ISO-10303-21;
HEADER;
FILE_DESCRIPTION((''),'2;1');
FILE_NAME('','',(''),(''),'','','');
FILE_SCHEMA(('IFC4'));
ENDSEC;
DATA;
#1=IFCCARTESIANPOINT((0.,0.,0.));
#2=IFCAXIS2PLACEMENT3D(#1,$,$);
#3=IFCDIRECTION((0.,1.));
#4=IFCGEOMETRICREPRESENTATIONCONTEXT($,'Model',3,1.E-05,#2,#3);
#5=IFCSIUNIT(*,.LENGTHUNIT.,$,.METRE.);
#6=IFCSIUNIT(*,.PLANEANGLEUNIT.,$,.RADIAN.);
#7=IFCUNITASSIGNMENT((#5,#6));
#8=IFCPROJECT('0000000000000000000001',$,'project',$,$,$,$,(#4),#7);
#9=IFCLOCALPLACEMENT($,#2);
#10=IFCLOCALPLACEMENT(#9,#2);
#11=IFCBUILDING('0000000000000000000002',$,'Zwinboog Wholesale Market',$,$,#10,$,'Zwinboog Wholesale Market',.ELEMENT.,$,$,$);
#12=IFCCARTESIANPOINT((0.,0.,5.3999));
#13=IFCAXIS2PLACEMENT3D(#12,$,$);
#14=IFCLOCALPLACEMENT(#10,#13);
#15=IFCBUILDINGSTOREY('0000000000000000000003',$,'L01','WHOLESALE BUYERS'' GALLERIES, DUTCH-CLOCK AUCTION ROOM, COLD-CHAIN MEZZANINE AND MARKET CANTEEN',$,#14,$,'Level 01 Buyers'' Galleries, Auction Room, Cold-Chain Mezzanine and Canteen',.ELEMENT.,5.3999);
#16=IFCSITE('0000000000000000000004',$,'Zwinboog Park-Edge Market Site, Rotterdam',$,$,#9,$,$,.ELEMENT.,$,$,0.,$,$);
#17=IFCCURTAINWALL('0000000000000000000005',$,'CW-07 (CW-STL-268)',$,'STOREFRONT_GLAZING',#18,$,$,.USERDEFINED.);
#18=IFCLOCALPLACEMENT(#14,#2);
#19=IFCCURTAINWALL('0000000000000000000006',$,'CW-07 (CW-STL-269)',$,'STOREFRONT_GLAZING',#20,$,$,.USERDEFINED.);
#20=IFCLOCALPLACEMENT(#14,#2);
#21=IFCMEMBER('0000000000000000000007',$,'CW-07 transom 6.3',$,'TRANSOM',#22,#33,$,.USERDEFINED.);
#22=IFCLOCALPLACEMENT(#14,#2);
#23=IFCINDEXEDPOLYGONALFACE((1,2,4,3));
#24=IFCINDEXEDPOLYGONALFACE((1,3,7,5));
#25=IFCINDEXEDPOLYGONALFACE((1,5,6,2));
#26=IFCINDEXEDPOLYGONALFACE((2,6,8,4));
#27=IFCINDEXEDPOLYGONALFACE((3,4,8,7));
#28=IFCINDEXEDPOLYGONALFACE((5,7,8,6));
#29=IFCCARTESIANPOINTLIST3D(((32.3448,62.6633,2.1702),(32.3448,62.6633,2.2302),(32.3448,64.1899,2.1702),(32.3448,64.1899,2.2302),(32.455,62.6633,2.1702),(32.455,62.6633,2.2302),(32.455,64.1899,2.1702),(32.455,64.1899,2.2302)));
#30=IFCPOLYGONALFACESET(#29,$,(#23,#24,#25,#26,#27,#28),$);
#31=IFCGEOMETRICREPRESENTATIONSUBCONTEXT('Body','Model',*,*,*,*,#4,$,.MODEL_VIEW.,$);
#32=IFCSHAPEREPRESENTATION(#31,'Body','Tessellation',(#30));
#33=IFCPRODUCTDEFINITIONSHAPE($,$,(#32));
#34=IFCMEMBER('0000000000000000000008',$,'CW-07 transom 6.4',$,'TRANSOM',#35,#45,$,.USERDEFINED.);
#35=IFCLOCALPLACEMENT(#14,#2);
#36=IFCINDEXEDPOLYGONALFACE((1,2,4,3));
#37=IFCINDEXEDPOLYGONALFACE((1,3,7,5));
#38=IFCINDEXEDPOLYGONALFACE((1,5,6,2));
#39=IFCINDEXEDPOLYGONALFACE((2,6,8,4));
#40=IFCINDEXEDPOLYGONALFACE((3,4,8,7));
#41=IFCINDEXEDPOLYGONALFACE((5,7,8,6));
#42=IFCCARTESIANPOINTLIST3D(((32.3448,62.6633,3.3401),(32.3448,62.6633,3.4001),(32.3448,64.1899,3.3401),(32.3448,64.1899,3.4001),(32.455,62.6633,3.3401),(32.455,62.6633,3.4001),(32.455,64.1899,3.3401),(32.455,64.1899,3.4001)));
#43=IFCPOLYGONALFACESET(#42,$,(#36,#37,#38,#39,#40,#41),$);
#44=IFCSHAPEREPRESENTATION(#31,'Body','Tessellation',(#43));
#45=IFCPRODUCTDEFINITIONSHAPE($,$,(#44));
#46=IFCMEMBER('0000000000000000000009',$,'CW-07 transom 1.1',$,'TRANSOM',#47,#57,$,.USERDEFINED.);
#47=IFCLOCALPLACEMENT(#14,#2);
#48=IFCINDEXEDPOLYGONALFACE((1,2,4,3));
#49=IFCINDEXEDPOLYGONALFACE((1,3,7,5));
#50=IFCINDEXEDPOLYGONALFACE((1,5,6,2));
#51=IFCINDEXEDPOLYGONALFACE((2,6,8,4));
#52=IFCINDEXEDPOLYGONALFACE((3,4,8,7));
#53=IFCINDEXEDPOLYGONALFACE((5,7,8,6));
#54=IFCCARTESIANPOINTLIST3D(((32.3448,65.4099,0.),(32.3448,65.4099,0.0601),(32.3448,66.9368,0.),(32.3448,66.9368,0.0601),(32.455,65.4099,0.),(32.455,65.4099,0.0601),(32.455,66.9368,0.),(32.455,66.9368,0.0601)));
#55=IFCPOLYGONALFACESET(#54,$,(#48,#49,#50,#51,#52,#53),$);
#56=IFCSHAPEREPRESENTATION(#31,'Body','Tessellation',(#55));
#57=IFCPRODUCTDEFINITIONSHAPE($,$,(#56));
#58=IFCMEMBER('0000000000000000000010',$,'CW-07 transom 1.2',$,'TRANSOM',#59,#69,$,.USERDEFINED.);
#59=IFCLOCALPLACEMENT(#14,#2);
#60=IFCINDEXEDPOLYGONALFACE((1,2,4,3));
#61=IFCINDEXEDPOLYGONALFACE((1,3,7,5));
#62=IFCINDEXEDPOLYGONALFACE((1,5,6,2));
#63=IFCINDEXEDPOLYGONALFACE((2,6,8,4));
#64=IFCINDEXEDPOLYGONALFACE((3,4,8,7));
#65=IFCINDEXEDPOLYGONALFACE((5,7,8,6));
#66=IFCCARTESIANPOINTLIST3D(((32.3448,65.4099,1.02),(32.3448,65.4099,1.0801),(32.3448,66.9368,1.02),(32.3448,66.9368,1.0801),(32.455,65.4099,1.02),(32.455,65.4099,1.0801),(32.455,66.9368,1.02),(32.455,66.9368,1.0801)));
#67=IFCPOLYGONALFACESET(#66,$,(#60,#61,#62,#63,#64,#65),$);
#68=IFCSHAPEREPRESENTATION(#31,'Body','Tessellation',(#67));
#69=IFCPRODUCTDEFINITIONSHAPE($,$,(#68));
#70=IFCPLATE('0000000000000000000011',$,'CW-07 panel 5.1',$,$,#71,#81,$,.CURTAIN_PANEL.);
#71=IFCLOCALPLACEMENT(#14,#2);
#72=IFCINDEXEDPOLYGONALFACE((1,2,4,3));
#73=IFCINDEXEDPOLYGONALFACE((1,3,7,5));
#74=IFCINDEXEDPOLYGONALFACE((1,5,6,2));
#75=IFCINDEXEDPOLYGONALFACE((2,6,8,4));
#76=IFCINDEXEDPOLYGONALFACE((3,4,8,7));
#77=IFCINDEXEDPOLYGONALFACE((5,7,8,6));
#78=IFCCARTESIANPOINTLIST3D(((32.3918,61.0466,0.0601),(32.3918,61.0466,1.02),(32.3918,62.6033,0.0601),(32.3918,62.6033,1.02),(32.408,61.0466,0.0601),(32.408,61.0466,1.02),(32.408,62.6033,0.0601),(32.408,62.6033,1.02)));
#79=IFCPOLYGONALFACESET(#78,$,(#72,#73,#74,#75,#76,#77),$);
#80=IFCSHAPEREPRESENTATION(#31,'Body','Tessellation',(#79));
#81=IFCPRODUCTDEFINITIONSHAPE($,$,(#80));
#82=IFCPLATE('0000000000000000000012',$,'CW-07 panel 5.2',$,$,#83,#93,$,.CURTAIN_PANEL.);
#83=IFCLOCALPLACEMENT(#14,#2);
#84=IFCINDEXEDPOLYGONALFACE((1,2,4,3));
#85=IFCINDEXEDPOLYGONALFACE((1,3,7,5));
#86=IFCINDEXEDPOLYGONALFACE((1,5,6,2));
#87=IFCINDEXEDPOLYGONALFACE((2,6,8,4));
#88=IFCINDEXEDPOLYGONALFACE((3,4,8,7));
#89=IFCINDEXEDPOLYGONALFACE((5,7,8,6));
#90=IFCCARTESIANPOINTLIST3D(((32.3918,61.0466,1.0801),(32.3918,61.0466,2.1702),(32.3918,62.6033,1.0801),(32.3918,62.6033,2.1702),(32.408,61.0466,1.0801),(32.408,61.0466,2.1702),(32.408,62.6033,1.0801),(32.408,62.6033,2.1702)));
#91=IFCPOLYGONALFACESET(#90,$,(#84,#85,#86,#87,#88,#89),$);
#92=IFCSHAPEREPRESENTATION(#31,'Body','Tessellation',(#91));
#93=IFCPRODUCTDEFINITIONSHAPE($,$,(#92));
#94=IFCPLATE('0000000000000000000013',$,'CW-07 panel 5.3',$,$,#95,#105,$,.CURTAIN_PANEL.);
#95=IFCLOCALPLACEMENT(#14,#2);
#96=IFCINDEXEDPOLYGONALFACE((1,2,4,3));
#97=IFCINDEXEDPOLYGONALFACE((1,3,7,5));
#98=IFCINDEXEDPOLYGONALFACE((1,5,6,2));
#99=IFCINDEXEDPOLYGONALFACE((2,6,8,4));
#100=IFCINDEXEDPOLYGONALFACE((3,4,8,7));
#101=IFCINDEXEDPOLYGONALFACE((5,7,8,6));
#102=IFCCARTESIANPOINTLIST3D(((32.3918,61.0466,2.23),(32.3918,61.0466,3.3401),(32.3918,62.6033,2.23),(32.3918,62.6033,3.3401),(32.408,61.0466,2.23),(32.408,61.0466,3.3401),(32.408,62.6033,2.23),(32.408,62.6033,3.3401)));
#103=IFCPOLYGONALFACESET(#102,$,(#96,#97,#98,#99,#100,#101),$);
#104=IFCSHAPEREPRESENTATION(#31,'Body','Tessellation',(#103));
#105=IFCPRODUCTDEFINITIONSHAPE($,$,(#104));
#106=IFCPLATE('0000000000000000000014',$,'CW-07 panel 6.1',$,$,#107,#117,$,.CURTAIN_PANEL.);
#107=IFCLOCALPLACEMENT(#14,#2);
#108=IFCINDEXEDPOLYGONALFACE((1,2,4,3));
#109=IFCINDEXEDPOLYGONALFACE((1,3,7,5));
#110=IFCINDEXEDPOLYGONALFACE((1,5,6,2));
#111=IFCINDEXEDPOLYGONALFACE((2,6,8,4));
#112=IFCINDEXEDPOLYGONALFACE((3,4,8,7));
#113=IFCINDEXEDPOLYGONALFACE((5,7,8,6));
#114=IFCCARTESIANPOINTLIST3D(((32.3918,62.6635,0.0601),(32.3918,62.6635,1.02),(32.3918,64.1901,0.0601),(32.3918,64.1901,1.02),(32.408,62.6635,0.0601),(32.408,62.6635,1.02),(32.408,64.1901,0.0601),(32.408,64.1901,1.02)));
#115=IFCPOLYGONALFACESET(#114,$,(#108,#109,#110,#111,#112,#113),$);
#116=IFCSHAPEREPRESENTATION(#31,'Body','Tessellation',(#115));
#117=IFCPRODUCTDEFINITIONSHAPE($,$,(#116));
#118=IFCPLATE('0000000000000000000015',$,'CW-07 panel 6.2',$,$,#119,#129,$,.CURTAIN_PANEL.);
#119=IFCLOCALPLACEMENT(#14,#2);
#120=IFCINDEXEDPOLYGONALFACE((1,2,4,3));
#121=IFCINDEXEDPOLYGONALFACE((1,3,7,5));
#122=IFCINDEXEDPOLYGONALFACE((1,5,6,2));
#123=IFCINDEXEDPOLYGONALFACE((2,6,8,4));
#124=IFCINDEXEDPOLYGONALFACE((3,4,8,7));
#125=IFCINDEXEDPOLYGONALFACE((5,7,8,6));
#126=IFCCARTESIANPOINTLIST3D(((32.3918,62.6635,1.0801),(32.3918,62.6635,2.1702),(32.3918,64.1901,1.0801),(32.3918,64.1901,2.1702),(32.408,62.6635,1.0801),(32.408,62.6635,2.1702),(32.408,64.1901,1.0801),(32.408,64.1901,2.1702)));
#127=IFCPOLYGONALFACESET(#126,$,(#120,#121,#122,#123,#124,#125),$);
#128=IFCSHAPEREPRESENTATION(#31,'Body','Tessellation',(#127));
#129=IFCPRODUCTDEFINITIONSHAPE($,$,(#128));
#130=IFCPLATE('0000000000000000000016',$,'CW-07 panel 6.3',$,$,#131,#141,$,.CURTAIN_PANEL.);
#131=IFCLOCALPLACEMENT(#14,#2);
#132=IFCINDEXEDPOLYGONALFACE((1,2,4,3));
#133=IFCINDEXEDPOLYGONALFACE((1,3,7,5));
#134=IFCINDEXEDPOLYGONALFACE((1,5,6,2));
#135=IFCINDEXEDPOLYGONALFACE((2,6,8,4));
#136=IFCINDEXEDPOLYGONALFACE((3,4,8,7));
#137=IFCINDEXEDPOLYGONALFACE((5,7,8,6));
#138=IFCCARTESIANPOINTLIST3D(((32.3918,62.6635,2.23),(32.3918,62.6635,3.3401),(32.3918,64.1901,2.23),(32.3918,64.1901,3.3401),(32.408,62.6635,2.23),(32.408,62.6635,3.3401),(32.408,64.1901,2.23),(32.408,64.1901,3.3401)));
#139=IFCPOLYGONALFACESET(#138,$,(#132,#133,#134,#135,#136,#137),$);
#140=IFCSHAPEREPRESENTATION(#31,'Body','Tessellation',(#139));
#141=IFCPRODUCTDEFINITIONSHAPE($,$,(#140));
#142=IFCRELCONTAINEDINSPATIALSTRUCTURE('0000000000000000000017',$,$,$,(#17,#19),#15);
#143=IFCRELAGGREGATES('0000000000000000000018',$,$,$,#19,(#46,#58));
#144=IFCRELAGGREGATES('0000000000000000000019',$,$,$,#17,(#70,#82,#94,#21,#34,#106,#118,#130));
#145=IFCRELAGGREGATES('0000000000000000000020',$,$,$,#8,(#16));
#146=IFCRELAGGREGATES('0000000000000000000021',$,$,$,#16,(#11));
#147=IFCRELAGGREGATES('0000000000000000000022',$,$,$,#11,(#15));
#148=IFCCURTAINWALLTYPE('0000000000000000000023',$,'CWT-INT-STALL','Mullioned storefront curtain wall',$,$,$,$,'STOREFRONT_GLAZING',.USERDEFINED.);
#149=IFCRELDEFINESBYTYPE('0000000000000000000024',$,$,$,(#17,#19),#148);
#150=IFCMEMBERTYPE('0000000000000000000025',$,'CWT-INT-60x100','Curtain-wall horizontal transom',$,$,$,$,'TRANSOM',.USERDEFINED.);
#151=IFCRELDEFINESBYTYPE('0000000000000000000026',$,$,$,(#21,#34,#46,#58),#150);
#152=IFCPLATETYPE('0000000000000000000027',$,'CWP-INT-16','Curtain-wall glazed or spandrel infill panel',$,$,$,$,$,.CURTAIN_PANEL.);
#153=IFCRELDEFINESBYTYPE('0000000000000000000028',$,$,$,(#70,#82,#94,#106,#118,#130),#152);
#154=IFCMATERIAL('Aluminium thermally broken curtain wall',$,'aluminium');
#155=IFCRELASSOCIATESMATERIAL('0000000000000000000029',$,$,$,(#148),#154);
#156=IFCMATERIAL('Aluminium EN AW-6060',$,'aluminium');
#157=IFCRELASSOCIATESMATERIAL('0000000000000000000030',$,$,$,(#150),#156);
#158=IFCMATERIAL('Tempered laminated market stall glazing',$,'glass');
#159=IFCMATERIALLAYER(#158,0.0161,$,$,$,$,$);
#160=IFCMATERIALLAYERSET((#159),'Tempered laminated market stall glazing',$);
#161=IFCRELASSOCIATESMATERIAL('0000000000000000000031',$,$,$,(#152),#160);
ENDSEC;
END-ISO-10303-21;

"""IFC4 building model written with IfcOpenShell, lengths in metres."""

from ifc_helpers import new_model, si_unit, direction, frame, origin, origin_2d, place, context, subcontext, project, spatial, rectangle, extrude, material, layer, layer_set, material_profile, profile_set, type_object, element, aggregate, save


model = new_model("IFC4")

# Units and contexts
model_context = context("Model", 3, precision=1e-05, world=origin(), true_north=direction((0.0, 1.0)))
body_context = subcontext(model_context, "Body", "Model", "MODEL_VIEW")
ifc_project = project(units=[si_unit("LENGTHUNIT", "METRE"), si_unit("PLANEANGLEUNIT", "RADIAN")], contexts=[model_context])

# Site, building, storey
site_placement = place(None, origin())
site = spatial("IfcSite", under=ifc_project, at=site_placement, Name="Zwinboog Park-Edge Market Site, Rotterdam", CompositionType="ELEMENT", RefElevation=0.0)
building_placement = place(site_placement, origin())
building = spatial("IfcBuilding", under=site, at=building_placement, Name="Zwinboog Wholesale Market", LongName="Zwinboog Wholesale Market", CompositionType="ELEMENT")
storey_placement = place(building_placement, frame((0.0, 0.0, 5.3999)))
storey = spatial("IfcBuildingStorey", under=building, at=storey_placement, Name="L01", Description="WHOLESALE BUYERS' GALLERIES, DUTCH-CLOCK AUCTION ROOM, COLD-CHAIN MEZZANINE AND MARKET CANTEEN", LongName="Level 01 Buyers' Galleries, Auction Room, Cold-Chain Mezzanine and Canteen", CompositionType="ELEMENT", Elevation=5.3999)

# Curtain wall
ifc_material_1 = material(Name="Aluminium thermally broken curtain wall", Category="aluminium")
curtain_wall_type = type_object("IfcCurtainWallType", Name="CWT-INT-STALL", Description="Mullioned storefront curtain wall", ElementType="STOREFRONT_GLAZING", PredefinedType="USERDEFINED", material=ifc_material_1)
curtain_wall_1_placement = place(storey_placement, origin())
curtain_wall_1 = element("IfcCurtainWall", 1, at=curtain_wall_1_placement, inside=storey, type_object=curtain_wall_type, Name="CW-07 (CW-STL-268)", ObjectType="STOREFRONT_GLAZING", PredefinedType="USERDEFINED")
ifc_material_2 = material(Name="Aluminium EN AW-6060", Category="aluminium")

# Curtain wall
curtain_wall_2_placement = place(storey_placement, origin())
curtain_wall_2 = element("IfcCurtainWall", 2, at=curtain_wall_2_placement, inside=storey, type_object=curtain_wall_type, Name="CW-07 (CW-STL-269)", ObjectType="STOREFRONT_GLAZING", PredefinedType="USERDEFINED")

# Members
ifc_material_profile_1 = material_profile(ifc_material_2, rectangle(XDim=0.1101, YDim=0.0601, at=origin_2d()), Name="AL 60x110")
ifc_profile_set_1 = profile_set([ifc_material_profile_1], Name="Aluminium EN AW-6060")
member_type_1 = type_object("IfcMemberType", Name="CWT-INT-60x100", Description="Curtain-wall horizontal transom", ElementType="TRANSOM", PredefinedType="USERDEFINED", material=ifc_profile_set_1)
member_1_placement = place(storey_placement, frame((32.3999, 62.6633, 2.2002), z_axis=(0.0, 1.0, 0.0), x_axis=(-1.0, 0.0, 0.0)))
member_1 = element("IfcMember", 3, at=member_1_placement, type_object=member_type_1, Name="CW-07 transom 6.3", ObjectType="TRANSOM", PredefinedType="USERDEFINED", context=body_context, shape_type="SweptSolid", body=[
    extrude(rectangle(XDim=0.1101, YDim=0.0601, at=origin_2d()), origin(), (0.0, 0.0, 1.0), 1.5266),
])
member_2_placement = place(storey_placement, frame((32.3999, 62.6633, 3.3701), z_axis=(0.0, 1.0, 0.0), x_axis=(-1.0, 0.0, 0.0)))
member_2 = element("IfcMember", 4, at=member_2_placement, type_object=member_type_1, Name="CW-07 transom 6.4", ObjectType="TRANSOM", PredefinedType="USERDEFINED", context=body_context, shape_type="SweptSolid", body=[
    extrude(rectangle(XDim=0.1101, YDim=0.0601, at=origin_2d()), origin(), (0.0, 0.0, 1.0), 1.5266),
])
member_3_placement = place(storey_placement, frame((32.3999, 65.4099, 0.03), z_axis=(0.0, 1.0, 0.0), x_axis=(-1.0, 0.0, 0.0)))
member_3 = element("IfcMember", 5, at=member_3_placement, type_object=member_type_1, Name="CW-07 transom 1.1", ObjectType="TRANSOM", PredefinedType="USERDEFINED", context=body_context, shape_type="SweptSolid", body=[
    extrude(rectangle(XDim=0.1101, YDim=0.0601, at=origin_2d()), origin(), (0.0, 0.0, 1.0), 1.5269),
])
member_4_placement = place(storey_placement, frame((32.3999, 65.4099, 1.05), z_axis=(0.0, 1.0, 0.0), x_axis=(-1.0, 0.0, 0.0)))
member_4 = element("IfcMember", 6, at=member_4_placement, type_object=member_type_1, Name="CW-07 transom 1.2", ObjectType="TRANSOM", PredefinedType="USERDEFINED", context=body_context, shape_type="SweptSolid", body=[
    extrude(rectangle(XDim=0.1101, YDim=0.0601, at=origin_2d()), origin(), (0.0, 0.0, 1.0), 1.5269),
])
aggregate(curtain_wall_2, [member_3, member_4])

# Plates
ifc_material_3 = material(Name="Tempered laminated market stall glazing", Category="glass")
ifc_layer = layer(ifc_material_3, 0.0161)
ifc_layer_set = layer_set([ifc_layer], Name="Tempered laminated market stall glazing")
plate_type = type_object("IfcPlateType", Name="CWP-INT-16", Description="Curtain-wall glazed or spandrel infill panel", PredefinedType="CURTAIN_PANEL", material=ifc_layer_set)
plate_1_placement = place(storey_placement, frame((32.3999, 61.825, 0.0601), z_axis=(0.0, 0.0, 1.0), x_axis=(0.0, 1.0, 0.0)))
plate_1 = element("IfcPlate", 7, at=plate_1_placement, type_object=plate_type, Name="CW-07 panel 5.1", PredefinedType="CURTAIN_PANEL", context=body_context, shape_type="SweptSolid", body=[
    extrude(rectangle(XDim=1.5566, YDim=0.0161, at=origin_2d()), origin(), (0.0, 0.0, 1.0), 0.96),
])
plate_2_placement = place(storey_placement, frame((32.3999, 61.825, 1.0801), z_axis=(0.0, 0.0, 1.0), x_axis=(0.0, 1.0, 0.0)))
plate_2 = element("IfcPlate", 8, at=plate_2_placement, type_object=plate_type, Name="CW-07 panel 5.2", PredefinedType="CURTAIN_PANEL", context=body_context, shape_type="SweptSolid", body=[
    extrude(rectangle(XDim=1.5566, YDim=0.0161, at=origin_2d()), origin(), (0.0, 0.0, 1.0), 1.0901),
])
plate_3_placement = place(storey_placement, frame((32.3999, 61.825, 2.23), z_axis=(0.0, 0.0, 1.0), x_axis=(0.0, 1.0, 0.0)))
plate_3 = element("IfcPlate", 9, at=plate_3_placement, type_object=plate_type, Name="CW-07 panel 5.3", PredefinedType="CURTAIN_PANEL", context=body_context, shape_type="SweptSolid", body=[
    extrude(rectangle(XDim=1.5566, YDim=0.0161, at=origin_2d()), origin(), (0.0, 0.0, 1.0), 1.1101),
])
plate_4_placement = place(storey_placement, frame((32.3999, 63.4268, 0.0601), z_axis=(0.0, 0.0, 1.0), x_axis=(0.0, 1.0, 0.0)))
plate_4 = element("IfcPlate", 10, at=plate_4_placement, type_object=plate_type, Name="CW-07 panel 6.1", PredefinedType="CURTAIN_PANEL", context=body_context, shape_type="SweptSolid", body=[
    extrude(rectangle(XDim=1.5266, YDim=0.0161, at=origin_2d()), origin(), (0.0, 0.0, 1.0), 0.96),
])
plate_5_placement = place(storey_placement, frame((32.3999, 63.4268, 1.0801), z_axis=(0.0, 0.0, 1.0), x_axis=(0.0, 1.0, 0.0)))
plate_5 = element("IfcPlate", 11, at=plate_5_placement, type_object=plate_type, Name="CW-07 panel 6.2", PredefinedType="CURTAIN_PANEL", context=body_context, shape_type="SweptSolid", body=[
    extrude(rectangle(XDim=1.5266, YDim=0.0161, at=origin_2d()), origin(), (0.0, 0.0, 1.0), 1.0901),
])
plate_6_placement = place(storey_placement, frame((32.3999, 63.4268, 2.23), z_axis=(0.0, 0.0, 1.0), x_axis=(0.0, 1.0, 0.0)))
plate_6 = element("IfcPlate", 12, at=plate_6_placement, type_object=plate_type, Name="CW-07 panel 6.3", PredefinedType="CURTAIN_PANEL", context=body_context, shape_type="SweptSolid", body=[
    extrude(rectangle(XDim=1.5266, YDim=0.0161, at=origin_2d()), origin(), (0.0, 0.0, 1.0), 1.1101),
])
aggregate(curtain_wall_1, [plate_1, plate_2, plate_3, member_1, member_2, plate_4, plate_5, plate_6])

save(model, "model.ifc")
